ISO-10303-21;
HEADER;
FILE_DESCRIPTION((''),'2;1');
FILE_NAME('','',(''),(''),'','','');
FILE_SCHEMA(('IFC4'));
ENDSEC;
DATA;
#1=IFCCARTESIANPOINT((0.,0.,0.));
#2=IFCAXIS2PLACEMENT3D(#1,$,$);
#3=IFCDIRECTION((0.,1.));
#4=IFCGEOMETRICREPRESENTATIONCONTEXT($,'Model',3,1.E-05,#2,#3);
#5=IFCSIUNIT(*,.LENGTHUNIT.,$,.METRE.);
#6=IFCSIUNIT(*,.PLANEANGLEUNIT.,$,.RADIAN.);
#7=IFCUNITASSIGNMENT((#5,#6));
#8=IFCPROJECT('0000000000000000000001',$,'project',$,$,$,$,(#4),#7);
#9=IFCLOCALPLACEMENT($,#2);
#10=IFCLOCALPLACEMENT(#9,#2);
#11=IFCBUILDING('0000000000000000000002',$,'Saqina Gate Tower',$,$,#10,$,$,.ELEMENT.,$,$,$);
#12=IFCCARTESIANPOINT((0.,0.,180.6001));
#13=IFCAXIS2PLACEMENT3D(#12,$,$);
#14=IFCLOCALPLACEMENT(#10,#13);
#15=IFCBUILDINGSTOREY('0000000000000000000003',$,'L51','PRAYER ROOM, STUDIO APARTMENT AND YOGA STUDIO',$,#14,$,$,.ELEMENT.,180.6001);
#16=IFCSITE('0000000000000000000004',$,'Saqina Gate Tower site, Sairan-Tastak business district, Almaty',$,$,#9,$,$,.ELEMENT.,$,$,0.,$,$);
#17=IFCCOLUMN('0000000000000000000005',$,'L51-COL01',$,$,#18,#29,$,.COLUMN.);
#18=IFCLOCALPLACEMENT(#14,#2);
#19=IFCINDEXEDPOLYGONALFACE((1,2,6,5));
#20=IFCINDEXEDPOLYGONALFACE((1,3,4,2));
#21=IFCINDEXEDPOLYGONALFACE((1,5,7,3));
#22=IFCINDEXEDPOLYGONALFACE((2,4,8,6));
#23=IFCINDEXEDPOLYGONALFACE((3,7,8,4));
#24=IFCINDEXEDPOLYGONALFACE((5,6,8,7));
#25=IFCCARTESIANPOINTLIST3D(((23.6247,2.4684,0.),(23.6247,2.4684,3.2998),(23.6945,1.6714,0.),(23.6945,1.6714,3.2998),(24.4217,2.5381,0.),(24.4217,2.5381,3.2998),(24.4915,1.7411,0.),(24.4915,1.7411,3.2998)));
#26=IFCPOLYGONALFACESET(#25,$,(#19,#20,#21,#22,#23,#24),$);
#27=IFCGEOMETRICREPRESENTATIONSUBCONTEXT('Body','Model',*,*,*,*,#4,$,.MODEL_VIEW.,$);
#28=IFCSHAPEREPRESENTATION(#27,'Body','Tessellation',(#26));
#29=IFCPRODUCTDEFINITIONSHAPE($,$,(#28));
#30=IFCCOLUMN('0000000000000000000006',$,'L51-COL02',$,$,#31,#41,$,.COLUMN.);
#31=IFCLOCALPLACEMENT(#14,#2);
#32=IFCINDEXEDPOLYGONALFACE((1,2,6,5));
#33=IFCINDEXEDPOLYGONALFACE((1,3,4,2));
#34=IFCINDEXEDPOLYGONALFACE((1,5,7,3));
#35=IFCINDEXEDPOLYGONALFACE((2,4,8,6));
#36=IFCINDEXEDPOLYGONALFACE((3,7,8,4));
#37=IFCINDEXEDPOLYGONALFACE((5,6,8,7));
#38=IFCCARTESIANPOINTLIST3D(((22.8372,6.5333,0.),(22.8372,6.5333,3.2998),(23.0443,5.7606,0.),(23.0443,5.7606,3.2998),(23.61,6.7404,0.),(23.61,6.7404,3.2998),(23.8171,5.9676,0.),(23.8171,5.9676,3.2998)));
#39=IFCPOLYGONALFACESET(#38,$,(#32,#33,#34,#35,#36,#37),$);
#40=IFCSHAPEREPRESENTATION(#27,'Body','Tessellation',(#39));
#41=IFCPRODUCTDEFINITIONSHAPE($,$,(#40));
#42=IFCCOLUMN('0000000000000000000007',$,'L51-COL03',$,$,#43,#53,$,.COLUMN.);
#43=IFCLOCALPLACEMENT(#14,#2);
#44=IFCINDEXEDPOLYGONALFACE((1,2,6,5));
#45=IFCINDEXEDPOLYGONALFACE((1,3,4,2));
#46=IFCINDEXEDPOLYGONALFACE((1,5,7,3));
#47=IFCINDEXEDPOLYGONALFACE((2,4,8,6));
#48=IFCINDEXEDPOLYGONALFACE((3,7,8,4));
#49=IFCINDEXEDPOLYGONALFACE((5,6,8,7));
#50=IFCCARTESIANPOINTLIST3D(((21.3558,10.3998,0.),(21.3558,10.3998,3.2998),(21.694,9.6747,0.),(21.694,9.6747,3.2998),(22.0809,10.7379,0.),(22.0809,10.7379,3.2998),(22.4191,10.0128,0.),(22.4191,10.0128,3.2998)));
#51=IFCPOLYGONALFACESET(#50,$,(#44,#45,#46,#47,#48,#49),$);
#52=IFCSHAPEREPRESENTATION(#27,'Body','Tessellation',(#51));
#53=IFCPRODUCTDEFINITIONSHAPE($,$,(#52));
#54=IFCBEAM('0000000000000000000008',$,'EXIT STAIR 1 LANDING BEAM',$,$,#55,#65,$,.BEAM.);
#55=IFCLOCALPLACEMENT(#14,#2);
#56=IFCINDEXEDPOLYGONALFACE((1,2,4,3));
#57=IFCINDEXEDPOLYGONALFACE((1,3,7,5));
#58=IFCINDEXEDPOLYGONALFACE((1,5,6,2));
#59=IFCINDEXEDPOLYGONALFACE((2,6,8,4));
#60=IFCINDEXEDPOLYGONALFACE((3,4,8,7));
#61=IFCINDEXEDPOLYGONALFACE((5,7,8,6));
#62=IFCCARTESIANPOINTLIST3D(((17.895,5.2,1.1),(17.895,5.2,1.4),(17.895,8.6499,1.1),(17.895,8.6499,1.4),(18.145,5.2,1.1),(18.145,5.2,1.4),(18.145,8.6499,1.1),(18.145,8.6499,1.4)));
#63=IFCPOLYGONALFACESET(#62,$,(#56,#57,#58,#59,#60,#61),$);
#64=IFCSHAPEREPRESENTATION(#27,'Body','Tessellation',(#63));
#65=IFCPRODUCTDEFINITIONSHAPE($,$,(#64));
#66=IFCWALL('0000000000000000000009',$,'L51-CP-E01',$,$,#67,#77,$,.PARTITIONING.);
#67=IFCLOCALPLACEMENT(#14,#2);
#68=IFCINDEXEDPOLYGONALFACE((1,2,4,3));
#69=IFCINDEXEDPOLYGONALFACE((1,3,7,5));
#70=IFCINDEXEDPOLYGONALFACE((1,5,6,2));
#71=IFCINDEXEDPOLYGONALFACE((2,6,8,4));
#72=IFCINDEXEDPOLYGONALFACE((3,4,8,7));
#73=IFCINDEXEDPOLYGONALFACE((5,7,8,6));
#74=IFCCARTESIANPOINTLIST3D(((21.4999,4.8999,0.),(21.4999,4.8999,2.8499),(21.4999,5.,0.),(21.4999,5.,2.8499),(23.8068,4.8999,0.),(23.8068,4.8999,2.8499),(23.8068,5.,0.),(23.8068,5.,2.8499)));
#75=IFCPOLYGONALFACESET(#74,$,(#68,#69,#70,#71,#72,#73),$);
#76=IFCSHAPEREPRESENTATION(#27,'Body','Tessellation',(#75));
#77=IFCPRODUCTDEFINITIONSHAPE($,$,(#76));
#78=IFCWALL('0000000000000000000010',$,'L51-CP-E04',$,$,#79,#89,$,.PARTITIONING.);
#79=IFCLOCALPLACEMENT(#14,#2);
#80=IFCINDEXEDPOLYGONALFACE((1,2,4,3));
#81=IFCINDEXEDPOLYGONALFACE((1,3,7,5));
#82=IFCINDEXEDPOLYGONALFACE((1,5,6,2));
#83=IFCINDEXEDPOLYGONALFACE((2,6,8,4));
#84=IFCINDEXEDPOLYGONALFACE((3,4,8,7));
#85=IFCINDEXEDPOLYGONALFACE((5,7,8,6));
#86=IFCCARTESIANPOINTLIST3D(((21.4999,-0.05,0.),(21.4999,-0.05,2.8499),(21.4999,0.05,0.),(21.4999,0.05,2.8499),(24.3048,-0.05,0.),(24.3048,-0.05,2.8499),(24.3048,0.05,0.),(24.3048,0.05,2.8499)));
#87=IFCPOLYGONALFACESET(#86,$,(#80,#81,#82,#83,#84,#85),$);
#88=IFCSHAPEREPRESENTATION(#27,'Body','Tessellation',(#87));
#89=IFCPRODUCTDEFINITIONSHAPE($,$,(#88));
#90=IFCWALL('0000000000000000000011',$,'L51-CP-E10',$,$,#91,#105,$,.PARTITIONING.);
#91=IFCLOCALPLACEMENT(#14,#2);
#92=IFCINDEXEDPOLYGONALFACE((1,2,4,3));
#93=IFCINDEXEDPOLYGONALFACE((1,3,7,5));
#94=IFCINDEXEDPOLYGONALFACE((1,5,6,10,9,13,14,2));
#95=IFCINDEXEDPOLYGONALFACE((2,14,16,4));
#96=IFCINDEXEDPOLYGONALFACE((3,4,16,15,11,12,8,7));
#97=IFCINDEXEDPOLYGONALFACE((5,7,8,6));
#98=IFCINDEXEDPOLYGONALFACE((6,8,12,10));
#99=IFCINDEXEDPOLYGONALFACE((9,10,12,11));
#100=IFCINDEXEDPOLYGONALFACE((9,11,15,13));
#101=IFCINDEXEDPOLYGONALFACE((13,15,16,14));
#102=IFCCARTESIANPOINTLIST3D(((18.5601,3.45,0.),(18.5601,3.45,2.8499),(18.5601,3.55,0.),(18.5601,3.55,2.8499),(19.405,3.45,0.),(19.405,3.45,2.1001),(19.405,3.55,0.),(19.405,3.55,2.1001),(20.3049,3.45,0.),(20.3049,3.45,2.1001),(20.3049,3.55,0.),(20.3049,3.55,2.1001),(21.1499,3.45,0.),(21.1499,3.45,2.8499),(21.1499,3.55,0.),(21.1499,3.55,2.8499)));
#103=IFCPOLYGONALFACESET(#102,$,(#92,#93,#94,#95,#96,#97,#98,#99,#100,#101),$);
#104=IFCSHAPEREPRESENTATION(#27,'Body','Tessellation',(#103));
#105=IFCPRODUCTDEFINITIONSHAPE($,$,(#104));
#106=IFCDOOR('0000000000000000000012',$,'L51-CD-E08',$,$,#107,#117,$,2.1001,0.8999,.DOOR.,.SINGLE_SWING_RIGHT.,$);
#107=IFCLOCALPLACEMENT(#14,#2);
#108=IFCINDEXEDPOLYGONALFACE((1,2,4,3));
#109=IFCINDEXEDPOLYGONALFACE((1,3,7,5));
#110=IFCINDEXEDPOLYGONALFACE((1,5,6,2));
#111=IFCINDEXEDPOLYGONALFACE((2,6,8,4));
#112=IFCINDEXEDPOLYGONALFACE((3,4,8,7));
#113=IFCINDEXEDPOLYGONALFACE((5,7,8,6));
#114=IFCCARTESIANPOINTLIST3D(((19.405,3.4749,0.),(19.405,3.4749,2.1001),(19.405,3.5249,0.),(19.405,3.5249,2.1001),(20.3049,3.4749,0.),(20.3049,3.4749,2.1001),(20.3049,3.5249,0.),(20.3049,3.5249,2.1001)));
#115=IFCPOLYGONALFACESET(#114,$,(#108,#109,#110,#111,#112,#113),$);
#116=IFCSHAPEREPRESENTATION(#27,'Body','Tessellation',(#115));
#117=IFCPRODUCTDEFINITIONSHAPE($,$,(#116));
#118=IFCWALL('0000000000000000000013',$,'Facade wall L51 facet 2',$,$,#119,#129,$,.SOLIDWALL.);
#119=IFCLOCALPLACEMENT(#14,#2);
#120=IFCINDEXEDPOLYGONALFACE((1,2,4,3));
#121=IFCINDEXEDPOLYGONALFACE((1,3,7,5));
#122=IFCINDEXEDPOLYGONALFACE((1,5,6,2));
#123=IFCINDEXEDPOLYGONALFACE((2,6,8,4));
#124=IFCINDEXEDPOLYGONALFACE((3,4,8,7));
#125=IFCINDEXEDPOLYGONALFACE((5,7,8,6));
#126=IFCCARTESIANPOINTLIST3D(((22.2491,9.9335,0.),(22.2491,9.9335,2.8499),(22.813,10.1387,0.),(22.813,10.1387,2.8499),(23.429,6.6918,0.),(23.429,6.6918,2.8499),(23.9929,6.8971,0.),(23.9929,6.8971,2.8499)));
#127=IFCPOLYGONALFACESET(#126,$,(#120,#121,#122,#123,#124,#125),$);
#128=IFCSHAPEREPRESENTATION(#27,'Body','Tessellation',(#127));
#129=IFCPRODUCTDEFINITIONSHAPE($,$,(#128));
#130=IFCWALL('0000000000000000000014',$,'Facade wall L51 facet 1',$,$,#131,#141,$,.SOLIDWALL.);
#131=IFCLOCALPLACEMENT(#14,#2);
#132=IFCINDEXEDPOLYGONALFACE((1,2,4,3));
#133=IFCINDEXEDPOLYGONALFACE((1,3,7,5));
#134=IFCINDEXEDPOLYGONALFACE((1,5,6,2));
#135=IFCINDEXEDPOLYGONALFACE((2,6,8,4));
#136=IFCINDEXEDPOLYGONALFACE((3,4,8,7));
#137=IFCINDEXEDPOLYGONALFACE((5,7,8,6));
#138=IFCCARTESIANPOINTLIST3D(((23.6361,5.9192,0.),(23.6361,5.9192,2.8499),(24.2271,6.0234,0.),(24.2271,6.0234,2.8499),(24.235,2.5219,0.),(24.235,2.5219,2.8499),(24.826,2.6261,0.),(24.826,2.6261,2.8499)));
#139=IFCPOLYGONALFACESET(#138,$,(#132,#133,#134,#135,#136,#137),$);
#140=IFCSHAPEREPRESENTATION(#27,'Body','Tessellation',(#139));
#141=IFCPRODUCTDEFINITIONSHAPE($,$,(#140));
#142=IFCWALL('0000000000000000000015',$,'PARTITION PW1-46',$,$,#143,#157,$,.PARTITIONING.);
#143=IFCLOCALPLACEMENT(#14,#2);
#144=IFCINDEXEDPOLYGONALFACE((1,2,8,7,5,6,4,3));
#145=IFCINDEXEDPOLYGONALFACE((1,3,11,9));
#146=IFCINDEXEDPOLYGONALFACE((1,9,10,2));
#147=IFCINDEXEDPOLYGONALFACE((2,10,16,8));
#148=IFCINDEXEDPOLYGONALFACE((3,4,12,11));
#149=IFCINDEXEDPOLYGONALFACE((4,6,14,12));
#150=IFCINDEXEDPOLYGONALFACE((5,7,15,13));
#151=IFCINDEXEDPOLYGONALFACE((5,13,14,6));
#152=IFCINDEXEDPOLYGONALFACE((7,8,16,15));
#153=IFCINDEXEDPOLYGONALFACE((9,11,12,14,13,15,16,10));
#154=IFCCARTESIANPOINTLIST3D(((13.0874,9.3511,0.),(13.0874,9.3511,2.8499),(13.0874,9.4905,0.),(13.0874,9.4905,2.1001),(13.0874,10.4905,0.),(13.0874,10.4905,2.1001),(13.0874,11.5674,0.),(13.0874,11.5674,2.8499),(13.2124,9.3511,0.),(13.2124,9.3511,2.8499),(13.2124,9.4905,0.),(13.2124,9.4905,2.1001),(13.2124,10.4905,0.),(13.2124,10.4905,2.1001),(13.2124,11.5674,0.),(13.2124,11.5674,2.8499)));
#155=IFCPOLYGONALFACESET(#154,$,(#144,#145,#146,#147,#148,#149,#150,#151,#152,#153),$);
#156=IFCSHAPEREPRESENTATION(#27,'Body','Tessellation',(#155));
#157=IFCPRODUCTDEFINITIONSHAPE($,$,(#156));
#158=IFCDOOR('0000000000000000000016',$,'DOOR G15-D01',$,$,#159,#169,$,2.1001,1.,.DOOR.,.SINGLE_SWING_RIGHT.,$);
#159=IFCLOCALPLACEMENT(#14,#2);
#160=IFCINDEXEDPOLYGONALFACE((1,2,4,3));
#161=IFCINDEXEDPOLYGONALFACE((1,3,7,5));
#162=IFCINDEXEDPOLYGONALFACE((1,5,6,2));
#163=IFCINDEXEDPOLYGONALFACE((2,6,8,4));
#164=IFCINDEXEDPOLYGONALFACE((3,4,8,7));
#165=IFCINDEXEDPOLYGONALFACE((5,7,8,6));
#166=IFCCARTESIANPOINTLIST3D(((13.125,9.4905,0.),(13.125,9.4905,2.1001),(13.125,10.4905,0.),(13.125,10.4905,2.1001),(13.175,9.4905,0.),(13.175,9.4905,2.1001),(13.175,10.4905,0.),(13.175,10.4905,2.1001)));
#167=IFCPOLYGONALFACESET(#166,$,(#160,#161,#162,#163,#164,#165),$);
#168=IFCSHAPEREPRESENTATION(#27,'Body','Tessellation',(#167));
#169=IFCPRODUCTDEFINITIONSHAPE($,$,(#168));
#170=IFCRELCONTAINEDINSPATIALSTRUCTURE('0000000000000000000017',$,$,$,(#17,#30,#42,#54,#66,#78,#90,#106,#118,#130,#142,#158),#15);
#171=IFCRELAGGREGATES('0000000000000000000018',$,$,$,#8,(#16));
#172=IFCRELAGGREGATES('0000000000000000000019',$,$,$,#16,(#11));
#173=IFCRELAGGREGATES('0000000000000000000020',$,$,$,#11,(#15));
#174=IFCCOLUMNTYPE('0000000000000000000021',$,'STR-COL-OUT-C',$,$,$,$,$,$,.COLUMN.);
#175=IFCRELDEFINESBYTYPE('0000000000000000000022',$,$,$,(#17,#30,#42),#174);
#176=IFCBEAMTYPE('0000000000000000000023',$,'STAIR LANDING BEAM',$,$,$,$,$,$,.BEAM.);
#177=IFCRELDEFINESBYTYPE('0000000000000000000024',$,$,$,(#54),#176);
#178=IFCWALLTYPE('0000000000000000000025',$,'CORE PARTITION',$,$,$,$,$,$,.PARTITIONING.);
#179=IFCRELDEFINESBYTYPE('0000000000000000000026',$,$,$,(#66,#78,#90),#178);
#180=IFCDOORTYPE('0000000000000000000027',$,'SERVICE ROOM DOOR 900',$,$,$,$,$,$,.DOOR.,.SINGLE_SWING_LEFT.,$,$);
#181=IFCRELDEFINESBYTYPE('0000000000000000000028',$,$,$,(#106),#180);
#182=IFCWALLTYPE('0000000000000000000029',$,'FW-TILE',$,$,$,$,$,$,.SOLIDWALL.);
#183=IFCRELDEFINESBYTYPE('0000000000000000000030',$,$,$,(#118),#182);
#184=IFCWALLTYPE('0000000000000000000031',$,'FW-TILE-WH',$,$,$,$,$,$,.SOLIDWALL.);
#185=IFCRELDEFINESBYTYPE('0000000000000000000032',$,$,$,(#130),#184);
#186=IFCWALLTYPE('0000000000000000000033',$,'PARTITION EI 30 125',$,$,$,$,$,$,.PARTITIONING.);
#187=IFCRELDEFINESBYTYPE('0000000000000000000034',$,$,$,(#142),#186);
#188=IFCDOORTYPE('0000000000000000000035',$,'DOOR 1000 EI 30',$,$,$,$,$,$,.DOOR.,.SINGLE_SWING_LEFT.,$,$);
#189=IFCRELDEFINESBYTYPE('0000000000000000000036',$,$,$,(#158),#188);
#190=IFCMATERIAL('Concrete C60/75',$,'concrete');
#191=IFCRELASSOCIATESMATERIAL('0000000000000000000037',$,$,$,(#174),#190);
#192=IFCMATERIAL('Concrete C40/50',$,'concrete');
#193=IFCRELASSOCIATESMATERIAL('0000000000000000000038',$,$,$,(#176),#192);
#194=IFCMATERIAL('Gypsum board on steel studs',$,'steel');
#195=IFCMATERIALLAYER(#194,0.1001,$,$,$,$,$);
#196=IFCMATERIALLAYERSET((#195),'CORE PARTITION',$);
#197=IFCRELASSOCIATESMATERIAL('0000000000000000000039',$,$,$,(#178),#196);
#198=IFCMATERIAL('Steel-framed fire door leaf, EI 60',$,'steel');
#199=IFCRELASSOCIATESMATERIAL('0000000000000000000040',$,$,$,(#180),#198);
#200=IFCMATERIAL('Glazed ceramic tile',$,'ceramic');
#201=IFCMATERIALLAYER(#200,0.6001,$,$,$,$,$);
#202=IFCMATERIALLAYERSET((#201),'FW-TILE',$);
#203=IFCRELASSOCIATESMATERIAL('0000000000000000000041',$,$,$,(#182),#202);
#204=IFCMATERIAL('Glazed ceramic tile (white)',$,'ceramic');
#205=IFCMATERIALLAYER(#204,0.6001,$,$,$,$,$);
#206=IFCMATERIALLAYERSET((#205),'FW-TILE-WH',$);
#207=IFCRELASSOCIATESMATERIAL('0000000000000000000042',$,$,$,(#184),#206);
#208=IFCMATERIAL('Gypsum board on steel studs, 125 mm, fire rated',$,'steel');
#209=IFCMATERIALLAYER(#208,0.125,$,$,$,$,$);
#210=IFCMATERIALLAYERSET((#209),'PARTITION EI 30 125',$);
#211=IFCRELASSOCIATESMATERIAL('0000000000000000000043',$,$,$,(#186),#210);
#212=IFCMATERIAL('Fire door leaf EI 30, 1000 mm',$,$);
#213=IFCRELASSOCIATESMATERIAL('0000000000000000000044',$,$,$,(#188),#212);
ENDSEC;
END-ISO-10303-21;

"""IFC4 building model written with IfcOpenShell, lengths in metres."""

from ifc_helpers import new_model, si_unit, direction, frame, frame_2d, origin, origin_2d, place, context, subcontext, project, spatial, rectangle, extrude, material, layer, layer_set, material_profile, profile_set, type_object, element, fill, save


model = new_model("IFC4")

# Units and contexts
model_context = context("Model", 3, precision=1e-05, world=origin(), true_north=direction((0.0, 1.0)))
body_context = subcontext(model_context, "Body", "Model", "MODEL_VIEW")
ifc_project = project(units=[si_unit("LENGTHUNIT", "METRE"), si_unit("PLANEANGLEUNIT", "RADIAN")], contexts=[model_context])

# Site, building, storey
site_placement = place(None, origin())
site = spatial("IfcSite", under=ifc_project, at=site_placement, Name="Saqina Gate Tower site, Sairan-Tastak business district, Almaty", CompositionType="ELEMENT", RefElevation=0.0)
building_placement = place(site_placement, origin())
building = spatial("IfcBuilding", under=site, at=building_placement, Name="Saqina Gate Tower", CompositionType="ELEMENT")
storey_placement = place(building_placement, frame((0.0, 0.0, 180.6001)))
storey = spatial("IfcBuildingStorey", under=building, at=storey_placement, Name="L51", Description="PRAYER ROOM, STUDIO APARTMENT AND YOGA STUDIO", CompositionType="ELEMENT", Elevation=180.6001)

# Columns
ifc_material_1 = material(Name="Concrete C60/75", Category="concrete")
ifc_material_profile_1 = material_profile(ifc_material_1, rectangle(XDim=0.8, YDim=0.8, at=origin_2d()), Name="RC 800x800")
ifc_profile_set_1 = profile_set([ifc_material_profile_1], Name="Concrete C60/75")
column_type = type_object("IfcColumnType", Name="STR-COL-OUT-C", PredefinedType="COLUMN", material=ifc_profile_set_1)
for number, where, z_axis, x_axis, name in (
    (1, (24.0581, 2.1047, 0.0), (0.0, 0.0, 1.0), (0.996195, 0.087156, 0.0), "L51-COL01"),
    (2, (23.3271, 6.2505, 0.0), (0.0, 0.0, 1.0), (0.965926, 0.258819, 0.0), "L51-COL02"),
    (3, (21.8875, 10.2063, 0.0), (0.0, 0.0, 1.0), (0.906308, 0.422618, 0.0), "L51-COL03"),
):
    element("IfcColumn", number, at=place(storey_placement, frame(where, z_axis=z_axis, x_axis=x_axis)), inside=storey, type_object=column_type, Name=name, PredefinedType="COLUMN", context=body_context, shape_type="SweptSolid", body=[
        extrude(rectangle(XDim=0.8, YDim=0.8, at=origin_2d()), origin(), (0.0, 0.0, 1.0), 3.2998),
    ])

# Beam
ifc_material_2 = material(Name="Concrete C40/50", Category="concrete")
ifc_material_profile_2 = material_profile(ifc_material_2, rectangle(XDim=0.25, YDim=0.3, at=origin_2d()), Name="STAIR LANDING BEAM")
ifc_profile_set_2 = profile_set([ifc_material_profile_2], Name="Concrete C40/50")
beam_type = type_object("IfcBeamType", Name="STAIR LANDING BEAM", PredefinedType="BEAM", material=ifc_profile_set_2)
beam_placement = place(storey_placement, frame((18.02, 5.2, 1.25), z_axis=(0.0, 1.0, 0.0), x_axis=(-1.0, 0.0, 0.0)))
element("IfcBeam", 4, at=beam_placement, inside=storey, type_object=beam_type, Name="EXIT STAIR 1 LANDING BEAM", PredefinedType="BEAM", context=body_context, shape_type="SweptSolid", body=[
    extrude(rectangle(XDim=0.25, YDim=0.3, at=origin_2d()), origin(), (0.0, 0.0, 1.0), 3.45),
])

# Walls
ifc_material_3 = material(Name="Gypsum board on steel studs", Category="steel")
ifc_layer_1 = layer(ifc_material_3, 0.1001)
ifc_layer_set_1 = layer_set([ifc_layer_1], Name="CORE PARTITION")
wall_type_1 = type_object("IfcWallType", Name="CORE PARTITION", PredefinedType="PARTITIONING", material=ifc_layer_set_1)
wall_1_placement = place(storey_placement, frame((21.5, 4.95, 0.0), z_axis=(0.0, 0.0, 1.0), x_axis=(1.0, 0.0, 0.0)))
element("IfcWall", 5, at=wall_1_placement, inside=storey, type_object=wall_type_1, Name="L51-CP-E01", PredefinedType="PARTITIONING", context=body_context, shape_type="SweptSolid", body=[
    extrude(rectangle(XDim=2.3069, YDim=0.1001, at=frame_2d((1.1533, 0.0))), origin(), (0.0, 0.0, 1.0), 2.8499),
])
wall_2_placement = place(storey_placement, frame((21.5, 0.0, 0.0), z_axis=(0.0, 0.0, 1.0), x_axis=(1.0, 0.0, 0.0)))
element("IfcWall", 6, at=wall_2_placement, inside=storey, type_object=wall_type_1, Name="L51-CP-E04", PredefinedType="PARTITIONING", context=body_context, shape_type="SweptSolid", body=[
    extrude(rectangle(XDim=2.8049, YDim=0.1001, at=frame_2d((1.4023, 0.0))), origin(), (0.0, 0.0, 1.0), 2.8499),
])

# Wall, opening, door
wall_3_placement = place(storey_placement, frame((18.5601, 3.5, 0.0), z_axis=(0.0, 0.0, 1.0), x_axis=(1.0, 0.0, 0.0)))
wall_3 = element("IfcWall", 7, at=wall_3_placement, inside=storey, type_object=wall_type_1, Name="L51-CP-E10", PredefinedType="PARTITIONING", context=body_context, shape_type="SweptSolid", body=[
    extrude(rectangle(XDim=2.5898, YDim=0.1001, at=frame_2d((1.2949, 0.0))), origin(), (0.0, 0.0, 1.0), 2.8499),
])
opening_1_placement = place(wall_3_placement, frame((0.845, 0.0, 0.0)))
opening_1 = element("IfcOpeningElement", 8, at=opening_1_placement, cuts=wall_3, PredefinedType="OPENING", context=body_context, shape_type="SweptSolid", body=[
    extrude(rectangle(XDim=0.8999, YDim=2.1001, at=frame_2d((0.45, 1.05))), frame((0.0, 0.062, 0.0), z_axis=(0.0, -1.0, 0.0), x_axis=(1.0, 0.0, 0.0)), (0.0, 0.0, 1.0), 0.124),
])
ifc_material_4 = material(Name="Steel-framed fire door leaf, EI 60", Category="steel")
door_type_1 = type_object("IfcDoorType", Name="SERVICE ROOM DOOR 900", OperationType="SINGLE_SWING_LEFT", PredefinedType="DOOR", material=ifc_material_4)
door_1_placement = place(opening_1_placement, origin())
door_1 = element("IfcDoor", 9, at=door_1_placement, inside=storey, type_object=door_type_1, Name="L51-CD-E08", OperationType="SINGLE_SWING_RIGHT", OverallHeight=2.1001, OverallWidth=0.8999, PredefinedType="DOOR", context=body_context, shape_type="SweptSolid", body=[
    extrude(rectangle(XDim=0.8999, YDim=2.1001, at=frame_2d((0.45, 1.05))), frame((0.0, 0.0249, 0.0), z_axis=(0.0, -1.0, 0.0), x_axis=(1.0, 0.0, 0.0)), (0.0, 0.0, 1.0), 0.05),
])
fill(opening_1, door_1)

# Walls
ifc_material_5 = material(Name="Glazed ceramic tile", Category="ceramic")
ifc_layer_2 = layer(ifc_material_5, 0.6001)
ifc_layer_set_2 = layer_set([ifc_layer_2], Name="FW-TILE")
wall_type_2 = type_object("IfcWallType", Name="FW-TILE", PredefinedType="SOLIDWALL", material=ifc_layer_set_2)
wall_4_placement = place(storey_placement, frame((23.7109, 6.7944, 0.0), z_axis=(0.0, 0.0, 1.0), x_axis=(-0.342033, 0.939688, 0.0)))
element("IfcWall", 10, at=wall_4_placement, inside=storey, type_object=wall_type_2, Name="Facade wall L51 facet 2", PredefinedType="SOLIDWALL", context=body_context, shape_type="SweptSolid", body=[
    extrude(rectangle(XDim=3.4497, YDim=0.6001, at=frame_2d((1.7249, 0.0))), origin(), (0.0, 0.0, 1.0), 2.8499),
])
ifc_material_6 = material(Name="Glazed ceramic tile (white)", Category="ceramic")
ifc_layer_3 = layer(ifc_material_6, 0.6001)
ifc_layer_set_3 = layer_set([ifc_layer_3], Name="FW-TILE-WH")
wall_type_3 = type_object("IfcWallType", Name="FW-TILE-WH", PredefinedType="SOLIDWALL", material=ifc_layer_set_3)
wall_5_placement = place(storey_placement, frame((24.5305, 2.574, 0.0), z_axis=(0.0, 0.0, 1.0), x_axis=(-0.173608, 0.984815, 0.0)))
element("IfcWall", 11, at=wall_5_placement, inside=storey, type_object=wall_type_3, Name="Facade wall L51 facet 1", PredefinedType="SOLIDWALL", context=body_context, shape_type="SweptSolid", body=[
    extrude(rectangle(XDim=3.4497, YDim=0.6001, at=frame_2d((1.7249, 0.0))), origin(), (0.0, 0.0, 1.0), 2.8499),
])

# Wall, opening, door
ifc_material_7 = material(Name="Gypsum board on steel studs, 125 mm, fire rated", Category="steel")
ifc_layer_4 = layer(ifc_material_7, 0.125)
ifc_layer_set_4 = layer_set([ifc_layer_4], Name="PARTITION EI 30 125")
wall_type_4 = type_object("IfcWallType", Name="PARTITION EI 30 125", PredefinedType="PARTITIONING", material=ifc_layer_set_4)
wall_6_placement = place(storey_placement, frame((13.1499, 9.3511, 0.0), z_axis=(0.0, 0.0, 1.0), x_axis=(0.0, 1.0, 0.0)))
wall_6 = element("IfcWall", 12, at=wall_6_placement, inside=storey, type_object=wall_type_4, Name="PARTITION PW1-46", PredefinedType="PARTITIONING", context=body_context, shape_type="SweptSolid", body=[
    extrude(rectangle(XDim=2.2163, YDim=0.125, at=frame_2d((1.1082, 0.0))), origin(), (0.0, 0.0, 1.0), 2.8499),
])
opening_2_placement = place(wall_6_placement, frame((0.1394, 0.0, 0.0)))
opening_2 = element("IfcOpeningElement", 13, at=opening_2_placement, cuts=wall_6, PredefinedType="OPENING", context=body_context, shape_type="SweptSolid", body=[
    extrude(rectangle(XDim=1.0, YDim=2.1001, at=frame_2d((0.5, 1.05))), frame((0.0, 0.0745, 0.0), z_axis=(0.0, -1.0, 0.0), x_axis=(1.0, 0.0, 0.0)), (0.0, 0.0, 1.0), 0.1489),
])
ifc_material_8 = material(Name="Fire door leaf EI 30, 1000 mm")
door_type_2 = type_object("IfcDoorType", Name="DOOR 1000 EI 30", OperationType="SINGLE_SWING_LEFT", PredefinedType="DOOR", material=ifc_material_8)
door_2_placement = place(opening_2_placement, origin())
door_2 = element("IfcDoor", 14, at=door_2_placement, inside=storey, type_object=door_type_2, Name="DOOR G15-D01", OperationType="SINGLE_SWING_RIGHT", OverallHeight=2.1001, OverallWidth=1.0, PredefinedType="DOOR", context=body_context, shape_type="SweptSolid", body=[
    extrude(rectangle(XDim=1.0, YDim=2.1001, at=frame_2d((0.5, 1.05))), frame((0.0, 0.0249, 0.0), z_axis=(0.0, -1.0, 0.0), x_axis=(1.0, 0.0, 0.0)), (0.0, 0.0, 1.0), 0.05),
])
fill(opening_2, door_2)

save(model, "model.ifc")
